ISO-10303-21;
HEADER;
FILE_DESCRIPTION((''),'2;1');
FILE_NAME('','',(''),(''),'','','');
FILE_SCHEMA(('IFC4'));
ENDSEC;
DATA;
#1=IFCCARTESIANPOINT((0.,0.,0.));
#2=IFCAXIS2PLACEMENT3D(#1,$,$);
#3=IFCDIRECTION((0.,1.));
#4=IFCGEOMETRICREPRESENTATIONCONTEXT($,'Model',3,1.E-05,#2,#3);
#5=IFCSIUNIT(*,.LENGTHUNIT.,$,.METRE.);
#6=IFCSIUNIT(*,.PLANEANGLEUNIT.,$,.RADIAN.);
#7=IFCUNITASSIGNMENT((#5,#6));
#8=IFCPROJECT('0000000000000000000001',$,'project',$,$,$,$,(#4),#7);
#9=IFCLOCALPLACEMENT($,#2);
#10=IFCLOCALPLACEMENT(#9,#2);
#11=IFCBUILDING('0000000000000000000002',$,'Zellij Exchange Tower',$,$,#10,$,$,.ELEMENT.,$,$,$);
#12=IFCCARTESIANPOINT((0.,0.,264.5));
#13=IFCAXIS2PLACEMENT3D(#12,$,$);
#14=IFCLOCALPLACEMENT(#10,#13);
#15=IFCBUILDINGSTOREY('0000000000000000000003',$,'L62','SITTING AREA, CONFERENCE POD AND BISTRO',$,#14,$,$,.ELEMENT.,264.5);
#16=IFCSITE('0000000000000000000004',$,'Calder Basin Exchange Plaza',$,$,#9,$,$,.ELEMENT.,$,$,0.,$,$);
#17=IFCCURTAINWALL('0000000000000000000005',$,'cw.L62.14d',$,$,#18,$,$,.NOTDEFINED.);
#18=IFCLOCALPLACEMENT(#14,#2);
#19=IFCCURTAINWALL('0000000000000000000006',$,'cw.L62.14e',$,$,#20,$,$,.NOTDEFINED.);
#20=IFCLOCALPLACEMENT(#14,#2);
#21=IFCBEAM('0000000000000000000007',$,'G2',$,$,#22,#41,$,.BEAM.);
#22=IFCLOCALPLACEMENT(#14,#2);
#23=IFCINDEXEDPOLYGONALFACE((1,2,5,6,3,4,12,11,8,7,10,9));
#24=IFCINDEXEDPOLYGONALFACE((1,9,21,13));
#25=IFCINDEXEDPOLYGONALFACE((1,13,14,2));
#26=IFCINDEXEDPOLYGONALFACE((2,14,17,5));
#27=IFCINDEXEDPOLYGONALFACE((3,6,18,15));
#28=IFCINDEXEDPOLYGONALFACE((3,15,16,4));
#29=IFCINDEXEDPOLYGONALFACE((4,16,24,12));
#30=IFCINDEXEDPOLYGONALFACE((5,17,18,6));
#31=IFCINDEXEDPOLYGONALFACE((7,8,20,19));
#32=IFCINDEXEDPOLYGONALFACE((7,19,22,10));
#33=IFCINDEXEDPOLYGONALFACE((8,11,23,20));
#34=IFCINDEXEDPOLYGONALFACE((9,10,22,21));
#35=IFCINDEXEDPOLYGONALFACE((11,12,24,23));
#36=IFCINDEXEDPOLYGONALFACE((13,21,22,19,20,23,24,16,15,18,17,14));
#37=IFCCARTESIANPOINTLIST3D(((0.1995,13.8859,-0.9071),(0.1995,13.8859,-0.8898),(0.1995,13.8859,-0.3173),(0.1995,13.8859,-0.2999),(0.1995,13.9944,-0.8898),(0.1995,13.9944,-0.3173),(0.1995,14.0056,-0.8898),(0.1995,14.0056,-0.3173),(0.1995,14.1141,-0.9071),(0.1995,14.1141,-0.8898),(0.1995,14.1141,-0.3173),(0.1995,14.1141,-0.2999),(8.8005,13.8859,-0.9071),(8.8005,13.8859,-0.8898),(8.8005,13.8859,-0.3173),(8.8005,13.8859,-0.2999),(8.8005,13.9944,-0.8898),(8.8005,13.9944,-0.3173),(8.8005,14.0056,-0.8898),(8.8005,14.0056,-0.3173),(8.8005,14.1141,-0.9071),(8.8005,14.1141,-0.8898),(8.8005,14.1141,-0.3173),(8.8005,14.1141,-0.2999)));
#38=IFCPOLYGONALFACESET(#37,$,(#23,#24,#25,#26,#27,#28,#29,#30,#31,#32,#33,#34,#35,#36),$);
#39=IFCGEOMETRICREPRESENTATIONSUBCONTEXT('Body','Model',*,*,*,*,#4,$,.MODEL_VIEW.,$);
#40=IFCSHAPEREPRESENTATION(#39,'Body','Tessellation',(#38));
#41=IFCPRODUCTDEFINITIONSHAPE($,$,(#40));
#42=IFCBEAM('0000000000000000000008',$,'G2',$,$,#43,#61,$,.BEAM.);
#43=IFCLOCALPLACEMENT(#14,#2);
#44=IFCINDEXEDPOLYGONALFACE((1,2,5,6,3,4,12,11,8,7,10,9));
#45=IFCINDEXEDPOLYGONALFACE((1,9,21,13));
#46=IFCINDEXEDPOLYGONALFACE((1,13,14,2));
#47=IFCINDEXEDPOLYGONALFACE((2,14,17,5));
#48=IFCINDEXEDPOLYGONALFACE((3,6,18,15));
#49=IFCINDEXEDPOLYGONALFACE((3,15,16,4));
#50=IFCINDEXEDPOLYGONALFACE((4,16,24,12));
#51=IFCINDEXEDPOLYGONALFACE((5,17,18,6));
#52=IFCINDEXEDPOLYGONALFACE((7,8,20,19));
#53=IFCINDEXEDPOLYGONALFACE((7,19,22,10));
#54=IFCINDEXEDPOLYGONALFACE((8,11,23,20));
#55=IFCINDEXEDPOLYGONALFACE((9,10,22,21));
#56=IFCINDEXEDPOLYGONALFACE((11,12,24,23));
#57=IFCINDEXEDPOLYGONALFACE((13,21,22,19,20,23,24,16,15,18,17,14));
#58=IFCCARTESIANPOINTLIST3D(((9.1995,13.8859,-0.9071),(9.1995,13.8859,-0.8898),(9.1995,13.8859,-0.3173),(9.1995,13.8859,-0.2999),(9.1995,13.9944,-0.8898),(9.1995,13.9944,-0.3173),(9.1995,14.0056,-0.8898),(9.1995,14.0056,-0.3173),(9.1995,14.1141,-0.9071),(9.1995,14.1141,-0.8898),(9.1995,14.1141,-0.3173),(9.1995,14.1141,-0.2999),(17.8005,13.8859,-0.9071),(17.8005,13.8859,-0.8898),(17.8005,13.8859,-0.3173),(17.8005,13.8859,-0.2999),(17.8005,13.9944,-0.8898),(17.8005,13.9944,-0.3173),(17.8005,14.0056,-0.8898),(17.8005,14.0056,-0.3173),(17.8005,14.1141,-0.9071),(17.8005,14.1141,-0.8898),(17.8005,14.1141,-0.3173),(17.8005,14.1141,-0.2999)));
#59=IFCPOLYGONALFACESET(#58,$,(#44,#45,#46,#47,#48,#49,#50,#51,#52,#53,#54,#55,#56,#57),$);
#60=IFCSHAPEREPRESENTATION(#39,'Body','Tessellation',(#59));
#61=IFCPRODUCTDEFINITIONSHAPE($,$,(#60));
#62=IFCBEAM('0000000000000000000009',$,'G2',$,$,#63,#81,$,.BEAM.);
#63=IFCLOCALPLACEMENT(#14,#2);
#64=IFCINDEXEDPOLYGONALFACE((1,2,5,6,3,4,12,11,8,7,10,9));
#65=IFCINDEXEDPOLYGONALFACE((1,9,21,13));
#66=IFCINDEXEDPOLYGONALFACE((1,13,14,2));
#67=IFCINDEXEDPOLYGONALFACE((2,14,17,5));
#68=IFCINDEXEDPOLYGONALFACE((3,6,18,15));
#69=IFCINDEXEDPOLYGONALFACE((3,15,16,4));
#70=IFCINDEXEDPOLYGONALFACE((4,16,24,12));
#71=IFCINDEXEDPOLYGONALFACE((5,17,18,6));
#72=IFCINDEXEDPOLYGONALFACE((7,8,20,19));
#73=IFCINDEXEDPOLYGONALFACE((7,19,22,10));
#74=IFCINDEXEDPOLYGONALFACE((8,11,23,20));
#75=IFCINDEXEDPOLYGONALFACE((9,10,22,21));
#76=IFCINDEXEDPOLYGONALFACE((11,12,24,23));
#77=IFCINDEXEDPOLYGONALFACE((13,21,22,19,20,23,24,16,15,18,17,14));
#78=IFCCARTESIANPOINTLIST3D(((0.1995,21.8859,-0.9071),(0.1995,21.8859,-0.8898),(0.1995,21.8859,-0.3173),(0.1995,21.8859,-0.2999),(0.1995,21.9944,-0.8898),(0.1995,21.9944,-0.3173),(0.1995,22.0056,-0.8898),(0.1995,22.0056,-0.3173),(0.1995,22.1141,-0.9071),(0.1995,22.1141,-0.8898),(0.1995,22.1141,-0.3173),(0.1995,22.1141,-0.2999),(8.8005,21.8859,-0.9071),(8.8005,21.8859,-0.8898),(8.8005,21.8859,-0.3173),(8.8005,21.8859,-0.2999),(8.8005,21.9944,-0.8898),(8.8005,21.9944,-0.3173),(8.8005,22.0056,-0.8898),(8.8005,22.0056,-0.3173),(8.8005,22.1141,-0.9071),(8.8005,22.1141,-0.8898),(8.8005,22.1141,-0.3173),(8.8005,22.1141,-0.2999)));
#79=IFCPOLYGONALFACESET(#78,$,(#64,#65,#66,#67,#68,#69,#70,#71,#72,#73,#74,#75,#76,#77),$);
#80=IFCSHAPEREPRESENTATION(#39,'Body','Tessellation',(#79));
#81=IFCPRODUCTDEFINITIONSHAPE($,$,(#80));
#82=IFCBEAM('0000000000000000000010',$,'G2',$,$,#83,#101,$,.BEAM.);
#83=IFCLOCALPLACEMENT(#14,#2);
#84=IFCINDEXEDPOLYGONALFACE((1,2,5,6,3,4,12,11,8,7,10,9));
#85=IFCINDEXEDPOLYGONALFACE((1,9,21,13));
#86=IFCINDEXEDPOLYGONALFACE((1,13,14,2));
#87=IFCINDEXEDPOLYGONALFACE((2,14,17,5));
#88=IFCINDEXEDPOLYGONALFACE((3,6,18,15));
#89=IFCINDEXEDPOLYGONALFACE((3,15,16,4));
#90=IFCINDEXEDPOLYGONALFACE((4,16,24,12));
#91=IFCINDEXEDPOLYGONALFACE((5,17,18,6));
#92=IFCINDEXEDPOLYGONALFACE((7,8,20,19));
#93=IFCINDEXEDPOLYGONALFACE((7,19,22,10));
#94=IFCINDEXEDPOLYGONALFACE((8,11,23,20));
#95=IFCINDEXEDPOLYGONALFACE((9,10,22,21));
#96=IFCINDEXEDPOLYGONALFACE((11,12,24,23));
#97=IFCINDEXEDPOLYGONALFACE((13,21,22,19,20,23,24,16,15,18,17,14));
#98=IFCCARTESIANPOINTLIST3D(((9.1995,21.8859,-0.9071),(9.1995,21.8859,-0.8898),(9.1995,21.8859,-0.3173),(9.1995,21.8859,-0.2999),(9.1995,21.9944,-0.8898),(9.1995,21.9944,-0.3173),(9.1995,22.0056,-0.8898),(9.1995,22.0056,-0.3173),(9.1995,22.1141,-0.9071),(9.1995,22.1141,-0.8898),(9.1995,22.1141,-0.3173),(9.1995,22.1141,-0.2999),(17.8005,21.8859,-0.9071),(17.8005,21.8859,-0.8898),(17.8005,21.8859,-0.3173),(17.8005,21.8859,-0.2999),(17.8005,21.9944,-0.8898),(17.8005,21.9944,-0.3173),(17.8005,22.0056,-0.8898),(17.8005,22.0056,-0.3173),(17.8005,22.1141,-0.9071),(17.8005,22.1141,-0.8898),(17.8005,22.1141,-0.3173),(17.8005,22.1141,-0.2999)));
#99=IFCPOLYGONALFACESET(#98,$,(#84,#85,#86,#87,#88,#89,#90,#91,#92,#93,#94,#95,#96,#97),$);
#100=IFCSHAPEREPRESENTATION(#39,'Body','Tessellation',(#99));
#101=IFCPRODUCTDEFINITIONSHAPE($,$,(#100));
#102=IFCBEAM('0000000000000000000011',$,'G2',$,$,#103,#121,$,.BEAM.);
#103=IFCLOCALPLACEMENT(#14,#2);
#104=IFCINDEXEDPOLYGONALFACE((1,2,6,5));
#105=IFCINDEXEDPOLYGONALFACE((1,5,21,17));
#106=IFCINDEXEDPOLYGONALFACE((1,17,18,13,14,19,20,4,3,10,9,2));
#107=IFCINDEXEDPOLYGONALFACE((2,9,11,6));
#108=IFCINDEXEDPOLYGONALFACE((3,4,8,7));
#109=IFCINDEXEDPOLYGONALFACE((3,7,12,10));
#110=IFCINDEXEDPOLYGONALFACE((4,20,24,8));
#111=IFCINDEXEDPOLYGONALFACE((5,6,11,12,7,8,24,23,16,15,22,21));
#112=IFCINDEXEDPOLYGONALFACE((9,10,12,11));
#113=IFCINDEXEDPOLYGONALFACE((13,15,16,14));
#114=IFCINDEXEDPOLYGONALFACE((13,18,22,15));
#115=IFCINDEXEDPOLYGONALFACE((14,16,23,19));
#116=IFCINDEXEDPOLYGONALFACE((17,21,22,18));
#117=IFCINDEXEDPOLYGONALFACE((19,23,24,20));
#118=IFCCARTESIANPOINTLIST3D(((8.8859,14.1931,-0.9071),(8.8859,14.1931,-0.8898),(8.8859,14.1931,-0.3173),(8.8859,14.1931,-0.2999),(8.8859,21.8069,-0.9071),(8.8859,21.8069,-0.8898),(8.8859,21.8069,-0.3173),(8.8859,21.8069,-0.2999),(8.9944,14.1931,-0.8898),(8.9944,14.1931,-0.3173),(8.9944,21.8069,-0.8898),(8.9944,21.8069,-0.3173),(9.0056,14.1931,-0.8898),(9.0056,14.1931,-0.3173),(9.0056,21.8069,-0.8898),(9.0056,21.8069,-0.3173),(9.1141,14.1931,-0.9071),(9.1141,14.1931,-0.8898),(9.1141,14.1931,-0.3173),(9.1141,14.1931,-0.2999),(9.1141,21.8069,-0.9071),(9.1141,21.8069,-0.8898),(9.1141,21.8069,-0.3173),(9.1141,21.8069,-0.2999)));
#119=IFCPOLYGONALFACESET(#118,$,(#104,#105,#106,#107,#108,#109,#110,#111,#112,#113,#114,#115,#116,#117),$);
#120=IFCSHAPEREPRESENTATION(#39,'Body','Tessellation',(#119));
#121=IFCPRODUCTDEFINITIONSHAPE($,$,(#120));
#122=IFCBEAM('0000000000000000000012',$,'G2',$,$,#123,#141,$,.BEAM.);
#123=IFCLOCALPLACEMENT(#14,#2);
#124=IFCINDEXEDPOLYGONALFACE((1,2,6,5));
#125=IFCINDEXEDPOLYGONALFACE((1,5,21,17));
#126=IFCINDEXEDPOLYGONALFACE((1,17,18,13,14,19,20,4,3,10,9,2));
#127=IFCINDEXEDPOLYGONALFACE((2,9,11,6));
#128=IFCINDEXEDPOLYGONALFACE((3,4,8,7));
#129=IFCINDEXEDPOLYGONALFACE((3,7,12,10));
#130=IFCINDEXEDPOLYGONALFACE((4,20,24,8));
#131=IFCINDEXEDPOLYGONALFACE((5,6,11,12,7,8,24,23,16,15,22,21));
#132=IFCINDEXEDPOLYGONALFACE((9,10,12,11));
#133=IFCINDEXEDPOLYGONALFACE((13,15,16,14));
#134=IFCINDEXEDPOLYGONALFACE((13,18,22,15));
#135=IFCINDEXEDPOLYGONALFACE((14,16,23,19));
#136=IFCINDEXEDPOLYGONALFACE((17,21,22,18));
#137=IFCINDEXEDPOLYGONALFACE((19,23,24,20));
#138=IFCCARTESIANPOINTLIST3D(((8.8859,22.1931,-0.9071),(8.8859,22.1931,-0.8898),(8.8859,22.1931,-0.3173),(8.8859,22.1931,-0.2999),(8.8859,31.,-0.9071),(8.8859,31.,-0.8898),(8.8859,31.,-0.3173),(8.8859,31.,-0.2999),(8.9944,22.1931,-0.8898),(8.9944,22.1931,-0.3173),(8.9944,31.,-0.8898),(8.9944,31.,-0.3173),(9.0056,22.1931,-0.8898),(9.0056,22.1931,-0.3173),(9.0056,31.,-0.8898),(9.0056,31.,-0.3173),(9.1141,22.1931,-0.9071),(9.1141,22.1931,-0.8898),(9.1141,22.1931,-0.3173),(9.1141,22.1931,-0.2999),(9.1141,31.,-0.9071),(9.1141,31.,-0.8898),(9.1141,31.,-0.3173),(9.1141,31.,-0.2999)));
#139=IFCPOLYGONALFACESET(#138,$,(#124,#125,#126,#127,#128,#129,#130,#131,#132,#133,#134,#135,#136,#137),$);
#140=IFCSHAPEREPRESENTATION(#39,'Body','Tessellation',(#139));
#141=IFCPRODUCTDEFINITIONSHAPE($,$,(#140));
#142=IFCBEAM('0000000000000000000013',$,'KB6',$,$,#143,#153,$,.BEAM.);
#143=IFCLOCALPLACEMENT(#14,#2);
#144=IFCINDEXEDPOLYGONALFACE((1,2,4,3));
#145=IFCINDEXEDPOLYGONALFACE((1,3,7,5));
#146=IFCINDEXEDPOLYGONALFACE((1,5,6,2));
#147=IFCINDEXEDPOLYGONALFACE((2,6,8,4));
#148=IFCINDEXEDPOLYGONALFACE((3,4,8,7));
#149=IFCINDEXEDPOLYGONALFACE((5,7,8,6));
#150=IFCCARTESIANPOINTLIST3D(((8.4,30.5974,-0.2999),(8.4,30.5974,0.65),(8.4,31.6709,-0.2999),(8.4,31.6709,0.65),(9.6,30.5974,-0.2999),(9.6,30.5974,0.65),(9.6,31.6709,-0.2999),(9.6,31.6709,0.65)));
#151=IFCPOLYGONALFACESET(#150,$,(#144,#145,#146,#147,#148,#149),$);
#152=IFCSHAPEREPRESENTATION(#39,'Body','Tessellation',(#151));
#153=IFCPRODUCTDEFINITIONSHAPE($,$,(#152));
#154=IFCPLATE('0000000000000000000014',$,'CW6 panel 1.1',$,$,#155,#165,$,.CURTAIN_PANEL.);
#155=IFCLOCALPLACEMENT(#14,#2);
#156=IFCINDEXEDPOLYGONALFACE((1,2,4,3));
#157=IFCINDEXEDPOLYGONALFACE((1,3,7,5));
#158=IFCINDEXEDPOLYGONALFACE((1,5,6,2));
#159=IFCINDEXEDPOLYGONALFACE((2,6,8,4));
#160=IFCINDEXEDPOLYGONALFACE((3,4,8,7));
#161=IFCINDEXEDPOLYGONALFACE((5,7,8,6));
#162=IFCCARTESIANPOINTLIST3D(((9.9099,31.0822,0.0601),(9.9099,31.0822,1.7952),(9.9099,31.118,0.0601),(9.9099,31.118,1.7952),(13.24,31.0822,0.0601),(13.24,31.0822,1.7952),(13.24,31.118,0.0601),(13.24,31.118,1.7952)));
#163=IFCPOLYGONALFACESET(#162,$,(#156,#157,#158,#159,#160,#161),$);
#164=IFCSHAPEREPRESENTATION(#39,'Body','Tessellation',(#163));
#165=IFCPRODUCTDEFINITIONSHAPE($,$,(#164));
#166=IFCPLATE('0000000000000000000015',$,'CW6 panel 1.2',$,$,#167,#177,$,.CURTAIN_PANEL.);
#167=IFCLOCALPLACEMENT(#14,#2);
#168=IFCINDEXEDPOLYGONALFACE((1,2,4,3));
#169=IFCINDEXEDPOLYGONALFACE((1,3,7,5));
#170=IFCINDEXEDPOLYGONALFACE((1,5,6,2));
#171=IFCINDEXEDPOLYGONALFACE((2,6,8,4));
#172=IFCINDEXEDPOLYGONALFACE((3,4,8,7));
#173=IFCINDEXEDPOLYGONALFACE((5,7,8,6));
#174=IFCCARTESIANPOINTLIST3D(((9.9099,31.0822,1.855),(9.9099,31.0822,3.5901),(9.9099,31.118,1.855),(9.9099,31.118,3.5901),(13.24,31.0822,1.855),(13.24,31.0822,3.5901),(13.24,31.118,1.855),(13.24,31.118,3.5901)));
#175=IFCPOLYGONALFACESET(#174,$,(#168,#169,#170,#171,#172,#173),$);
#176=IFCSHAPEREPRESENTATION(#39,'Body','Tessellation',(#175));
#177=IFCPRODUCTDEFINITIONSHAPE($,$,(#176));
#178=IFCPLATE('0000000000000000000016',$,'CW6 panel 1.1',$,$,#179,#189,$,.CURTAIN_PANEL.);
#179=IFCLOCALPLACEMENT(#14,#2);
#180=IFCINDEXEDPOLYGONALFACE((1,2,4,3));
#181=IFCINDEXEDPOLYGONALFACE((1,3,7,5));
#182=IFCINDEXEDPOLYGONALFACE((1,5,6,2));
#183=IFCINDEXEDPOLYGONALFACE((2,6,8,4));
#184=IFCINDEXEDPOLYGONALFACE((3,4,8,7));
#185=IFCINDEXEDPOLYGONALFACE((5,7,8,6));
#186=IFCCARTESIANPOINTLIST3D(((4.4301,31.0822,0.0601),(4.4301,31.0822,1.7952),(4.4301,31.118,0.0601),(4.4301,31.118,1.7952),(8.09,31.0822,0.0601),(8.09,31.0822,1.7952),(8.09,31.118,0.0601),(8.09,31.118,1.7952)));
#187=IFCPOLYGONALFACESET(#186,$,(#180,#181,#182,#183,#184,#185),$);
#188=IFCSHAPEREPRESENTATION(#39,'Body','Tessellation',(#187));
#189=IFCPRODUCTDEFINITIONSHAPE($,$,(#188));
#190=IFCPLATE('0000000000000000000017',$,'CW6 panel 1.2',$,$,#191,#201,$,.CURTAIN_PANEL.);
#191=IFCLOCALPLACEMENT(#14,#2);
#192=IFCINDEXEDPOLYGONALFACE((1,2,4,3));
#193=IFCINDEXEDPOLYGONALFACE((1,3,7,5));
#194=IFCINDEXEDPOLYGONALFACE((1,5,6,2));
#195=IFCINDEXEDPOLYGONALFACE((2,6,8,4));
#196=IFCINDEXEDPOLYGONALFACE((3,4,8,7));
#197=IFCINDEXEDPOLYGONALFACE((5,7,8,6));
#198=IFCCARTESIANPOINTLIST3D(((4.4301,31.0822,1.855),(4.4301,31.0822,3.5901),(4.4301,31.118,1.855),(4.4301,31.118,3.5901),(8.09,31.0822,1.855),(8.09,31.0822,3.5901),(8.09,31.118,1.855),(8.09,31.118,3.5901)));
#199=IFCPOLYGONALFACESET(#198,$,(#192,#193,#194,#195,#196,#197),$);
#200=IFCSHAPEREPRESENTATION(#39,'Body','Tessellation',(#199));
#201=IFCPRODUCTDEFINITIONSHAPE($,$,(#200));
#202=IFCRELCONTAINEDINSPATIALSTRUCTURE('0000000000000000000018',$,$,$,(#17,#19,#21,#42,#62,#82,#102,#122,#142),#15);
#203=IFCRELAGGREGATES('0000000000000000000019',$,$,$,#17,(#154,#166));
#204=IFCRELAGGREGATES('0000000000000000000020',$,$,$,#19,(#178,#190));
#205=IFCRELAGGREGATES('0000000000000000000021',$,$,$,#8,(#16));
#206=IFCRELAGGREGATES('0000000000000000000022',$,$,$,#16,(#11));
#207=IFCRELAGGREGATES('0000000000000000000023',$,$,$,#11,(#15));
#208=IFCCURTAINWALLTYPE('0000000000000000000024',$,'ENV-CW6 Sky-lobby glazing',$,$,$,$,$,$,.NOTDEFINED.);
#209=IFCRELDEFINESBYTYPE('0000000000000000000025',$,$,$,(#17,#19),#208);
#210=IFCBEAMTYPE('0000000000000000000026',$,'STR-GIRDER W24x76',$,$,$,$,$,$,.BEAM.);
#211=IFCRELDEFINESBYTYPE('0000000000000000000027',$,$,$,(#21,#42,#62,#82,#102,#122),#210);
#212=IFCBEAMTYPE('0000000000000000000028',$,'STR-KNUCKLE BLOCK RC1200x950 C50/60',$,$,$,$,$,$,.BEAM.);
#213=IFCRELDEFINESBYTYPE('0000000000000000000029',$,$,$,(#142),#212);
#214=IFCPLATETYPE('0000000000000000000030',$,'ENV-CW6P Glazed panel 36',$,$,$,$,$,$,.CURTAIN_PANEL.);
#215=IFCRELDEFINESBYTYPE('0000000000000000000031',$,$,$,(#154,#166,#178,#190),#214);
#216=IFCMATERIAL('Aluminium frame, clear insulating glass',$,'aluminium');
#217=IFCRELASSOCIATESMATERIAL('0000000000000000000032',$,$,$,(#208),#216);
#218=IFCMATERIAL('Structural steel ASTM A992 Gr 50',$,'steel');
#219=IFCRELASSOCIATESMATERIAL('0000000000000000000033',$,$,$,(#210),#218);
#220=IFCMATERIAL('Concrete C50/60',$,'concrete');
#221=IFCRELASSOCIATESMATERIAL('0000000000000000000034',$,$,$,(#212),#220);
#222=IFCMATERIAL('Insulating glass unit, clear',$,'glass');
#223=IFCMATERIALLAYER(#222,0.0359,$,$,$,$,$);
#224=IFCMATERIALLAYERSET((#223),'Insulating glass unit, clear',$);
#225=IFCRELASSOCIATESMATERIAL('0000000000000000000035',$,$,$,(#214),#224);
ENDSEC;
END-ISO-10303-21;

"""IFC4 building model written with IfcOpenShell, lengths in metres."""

from ifc_helpers import new_model, si_unit, direction, frame, origin, origin_2d, place, context, subcontext, project, spatial, rectangle, i_section, extrude, material, layer, layer_set, material_profile, profile_set, type_object, element, aggregate, save


model = new_model("IFC4")

# Units and contexts
model_context = context("Model", 3, precision=1e-05, world=origin(), true_north=direction((0.0, 1.0)))
body_context = subcontext(model_context, "Body", "Model", "MODEL_VIEW")
ifc_project = project(units=[si_unit("LENGTHUNIT", "METRE"), si_unit("PLANEANGLEUNIT", "RADIAN")], contexts=[model_context])

# Site, building, storey
site_placement = place(None, origin())
site = spatial("IfcSite", under=ifc_project, at=site_placement, Name="Calder Basin Exchange Plaza", CompositionType="ELEMENT", RefElevation=0.0)
building_placement = place(site_placement, origin())
building = spatial("IfcBuilding", under=site, at=building_placement, Name="Zellij Exchange Tower", CompositionType="ELEMENT")
storey_placement = place(building_placement, frame((0.0, 0.0, 264.5)))
storey = spatial("IfcBuildingStorey", under=building, at=storey_placement, Name="L62", Description="SITTING AREA, CONFERENCE POD AND BISTRO", CompositionType="ELEMENT", Elevation=264.5)

# Shared definitions
ifc_material_1 = material(Name="Structural steel ASTM A992 Gr 50", Category="steel")
ifc_material_2 = material(Name="Concrete C50/60", Category="concrete")

# Curtain wall
ifc_material_3 = material(Name="Aluminium frame, clear insulating glass", Category="aluminium")
curtain_wall_type = type_object("IfcCurtainWallType", Name="ENV-CW6 Sky-lobby glazing", PredefinedType="NOTDEFINED", material=ifc_material_3)
curtain_wall_1_placement = place(storey_placement, origin())
curtain_wall_1 = element("IfcCurtainWall", 1, at=curtain_wall_1_placement, inside=storey, type_object=curtain_wall_type, Name="cw.L62.14d", PredefinedType="NOTDEFINED")

# Curtain wall
curtain_wall_2_placement = place(storey_placement, origin())
curtain_wall_2 = element("IfcCurtainWall", 2, at=curtain_wall_2_placement, inside=storey, type_object=curtain_wall_type, Name="cw.L62.14e", PredefinedType="NOTDEFINED")

# Beams
ifc_material_profile_1 = material_profile(ifc_material_1, i_section(OverallWidth=0.2283, OverallDepth=0.6072, WebThickness=0.0112, FlangeThickness=0.0173, at=origin_2d()), Name="W24x76")
ifc_profile_set_1 = profile_set([ifc_material_profile_1], Name="Structural steel ASTM A992 Gr 50")
beam_type_1 = type_object("IfcBeamType", Name="STR-GIRDER W24x76", PredefinedType="BEAM", material=ifc_profile_set_1)
for number, where, z_axis, x_axis, name in (
    (3, (0.1995, 14.0, -0.6035), (1.0, 0.0, 0.0), (0.0, 1.0, 0.0), "G2"),
    (4, (9.1995, 14.0, -0.6035), (1.0, 0.0, 0.0), (0.0, 1.0, 0.0), "G2"),
    (5, (0.1995, 22.0, -0.6035), (1.0, 0.0, 0.0), (0.0, 1.0, 0.0), "G2"),
    (6, (9.1995, 22.0, -0.6035), (1.0, 0.0, 0.0), (0.0, 1.0, 0.0), "G2"),
):
    element("IfcBeam", number, at=place(storey_placement, frame(where, z_axis=z_axis, x_axis=x_axis)), inside=storey, type_object=beam_type_1, Name=name, PredefinedType="BEAM", context=body_context, shape_type="SweptSolid", body=[
        extrude(i_section(OverallWidth=0.2283, OverallDepth=0.6072, WebThickness=0.0112, FlangeThickness=0.0173, at=origin_2d()), origin(), (0.0, 0.0, 1.0), 8.6011),
    ])
beam_1_placement = place(storey_placement, frame((9.0, 14.1931, -0.6035), z_axis=(0.0, 1.0, 0.0), x_axis=(-1.0, 0.0, 0.0)))
element("IfcBeam", 7, at=beam_1_placement, inside=storey, type_object=beam_type_1, Name="G2", PredefinedType="BEAM", context=body_context, shape_type="SweptSolid", body=[
    extrude(i_section(OverallWidth=0.2283, OverallDepth=0.6072, WebThickness=0.0112, FlangeThickness=0.0173, at=origin_2d()), origin(), (0.0, 0.0, 1.0), 7.6138),
])
beam_2_placement = place(storey_placement, frame((9.0, 22.1931, -0.6035), z_axis=(0.0, 1.0, 0.0), x_axis=(-1.0, 0.0, 0.0)))
element("IfcBeam", 8, at=beam_2_placement, inside=storey, type_object=beam_type_1, Name="G2", PredefinedType="BEAM", context=body_context, shape_type="SweptSolid", body=[
    extrude(i_section(OverallWidth=0.2283, OverallDepth=0.6072, WebThickness=0.0112, FlangeThickness=0.0173, at=origin_2d()), origin(), (0.0, 0.0, 1.0), 8.8069),
])
ifc_material_profile_2 = material_profile(ifc_material_2, rectangle(XDim=1.2, YDim=0.95, at=origin_2d()), Name="STR-KNUCKLE BLOCK RC1200x950 C50/60")
ifc_profile_set_2 = profile_set([ifc_material_profile_2], Name="Concrete C50/60")
beam_type_2 = type_object("IfcBeamType", Name="STR-KNUCKLE BLOCK RC1200x950 C50/60", PredefinedType="BEAM", material=ifc_profile_set_2)
beam_3_placement = place(storey_placement, frame((9.0, 30.5974, 0.175), z_axis=(0.0, 1.0, 0.0), x_axis=(-1.0, 0.0, 0.0)))
element("IfcBeam", 9, at=beam_3_placement, inside=storey, type_object=beam_type_2, Name="KB6", PredefinedType="BEAM", context=body_context, shape_type="SweptSolid", body=[
    extrude(rectangle(XDim=1.2, YDim=0.95, at=origin_2d()), origin(), (0.0, 0.0, 1.0), 1.0735),
])

# Plates
ifc_material_4 = material(Name="Insulating glass unit, clear", Category="glass")
ifc_layer_1 = layer(ifc_material_4, 0.0359)
ifc_layer_set_1 = layer_set([ifc_layer_1], Name="Insulating glass unit, clear")
plate_type = type_object("IfcPlateType", Name="ENV-CW6P Glazed panel 36", PredefinedType="CURTAIN_PANEL", material=ifc_layer_set_1)
plate_1_placement = place(storey_placement, frame((11.575, 31.1001, 0.0601), z_axis=(0.0, 0.0, 1.0), x_axis=(-1.0, 0.0, 0.0)))
plate_1 = element("IfcPlate", 10, at=plate_1_placement, type_object=plate_type, Name="CW6 panel 1.1", PredefinedType="CURTAIN_PANEL", context=body_context, shape_type="SweptSolid", body=[
    extrude(rectangle(XDim=3.3301, YDim=0.0359, at=origin_2d()), origin(), (0.0, 0.0, 1.0), 1.7351),
])
plate_2_placement = place(storey_placement, frame((11.575, 31.1001, 1.855), z_axis=(0.0, 0.0, 1.0), x_axis=(-1.0, 0.0, 0.0)))
plate_2 = element("IfcPlate", 11, at=plate_2_placement, type_object=plate_type, Name="CW6 panel 1.2", PredefinedType="CURTAIN_PANEL", context=body_context, shape_type="SweptSolid", body=[
    extrude(rectangle(XDim=3.3301, YDim=0.0359, at=origin_2d()), origin(), (0.0, 0.0, 1.0), 1.7351),
])
aggregate(curtain_wall_1, [plate_1, plate_2])
plate_3_placement = place(storey_placement, frame((6.26, 31.1001, 0.0601), z_axis=(0.0, 0.0, 1.0), x_axis=(-1.0, 0.0, 0.0)))
plate_3 = element("IfcPlate", 12, at=plate_3_placement, type_object=plate_type, Name="CW6 panel 1.1", PredefinedType="CURTAIN_PANEL", context=body_context, shape_type="SweptSolid", body=[
    extrude(rectangle(XDim=3.6599, YDim=0.0359, at=origin_2d()), origin(), (0.0, 0.0, 1.0), 1.7351),
])
plate_4_placement = place(storey_placement, frame((6.26, 31.1001, 1.855), z_axis=(0.0, 0.0, 1.0), x_axis=(-1.0, 0.0, 0.0)))
plate_4 = element("IfcPlate", 13, at=plate_4_placement, type_object=plate_type, Name="CW6 panel 1.2", PredefinedType="CURTAIN_PANEL", context=body_context, shape_type="SweptSolid", body=[
    extrude(rectangle(XDim=3.6599, YDim=0.0359, at=origin_2d()), origin(), (0.0, 0.0, 1.0), 1.7351),
])
aggregate(curtain_wall_2, [plate_3, plate_4])

save(model, "model.ifc")
